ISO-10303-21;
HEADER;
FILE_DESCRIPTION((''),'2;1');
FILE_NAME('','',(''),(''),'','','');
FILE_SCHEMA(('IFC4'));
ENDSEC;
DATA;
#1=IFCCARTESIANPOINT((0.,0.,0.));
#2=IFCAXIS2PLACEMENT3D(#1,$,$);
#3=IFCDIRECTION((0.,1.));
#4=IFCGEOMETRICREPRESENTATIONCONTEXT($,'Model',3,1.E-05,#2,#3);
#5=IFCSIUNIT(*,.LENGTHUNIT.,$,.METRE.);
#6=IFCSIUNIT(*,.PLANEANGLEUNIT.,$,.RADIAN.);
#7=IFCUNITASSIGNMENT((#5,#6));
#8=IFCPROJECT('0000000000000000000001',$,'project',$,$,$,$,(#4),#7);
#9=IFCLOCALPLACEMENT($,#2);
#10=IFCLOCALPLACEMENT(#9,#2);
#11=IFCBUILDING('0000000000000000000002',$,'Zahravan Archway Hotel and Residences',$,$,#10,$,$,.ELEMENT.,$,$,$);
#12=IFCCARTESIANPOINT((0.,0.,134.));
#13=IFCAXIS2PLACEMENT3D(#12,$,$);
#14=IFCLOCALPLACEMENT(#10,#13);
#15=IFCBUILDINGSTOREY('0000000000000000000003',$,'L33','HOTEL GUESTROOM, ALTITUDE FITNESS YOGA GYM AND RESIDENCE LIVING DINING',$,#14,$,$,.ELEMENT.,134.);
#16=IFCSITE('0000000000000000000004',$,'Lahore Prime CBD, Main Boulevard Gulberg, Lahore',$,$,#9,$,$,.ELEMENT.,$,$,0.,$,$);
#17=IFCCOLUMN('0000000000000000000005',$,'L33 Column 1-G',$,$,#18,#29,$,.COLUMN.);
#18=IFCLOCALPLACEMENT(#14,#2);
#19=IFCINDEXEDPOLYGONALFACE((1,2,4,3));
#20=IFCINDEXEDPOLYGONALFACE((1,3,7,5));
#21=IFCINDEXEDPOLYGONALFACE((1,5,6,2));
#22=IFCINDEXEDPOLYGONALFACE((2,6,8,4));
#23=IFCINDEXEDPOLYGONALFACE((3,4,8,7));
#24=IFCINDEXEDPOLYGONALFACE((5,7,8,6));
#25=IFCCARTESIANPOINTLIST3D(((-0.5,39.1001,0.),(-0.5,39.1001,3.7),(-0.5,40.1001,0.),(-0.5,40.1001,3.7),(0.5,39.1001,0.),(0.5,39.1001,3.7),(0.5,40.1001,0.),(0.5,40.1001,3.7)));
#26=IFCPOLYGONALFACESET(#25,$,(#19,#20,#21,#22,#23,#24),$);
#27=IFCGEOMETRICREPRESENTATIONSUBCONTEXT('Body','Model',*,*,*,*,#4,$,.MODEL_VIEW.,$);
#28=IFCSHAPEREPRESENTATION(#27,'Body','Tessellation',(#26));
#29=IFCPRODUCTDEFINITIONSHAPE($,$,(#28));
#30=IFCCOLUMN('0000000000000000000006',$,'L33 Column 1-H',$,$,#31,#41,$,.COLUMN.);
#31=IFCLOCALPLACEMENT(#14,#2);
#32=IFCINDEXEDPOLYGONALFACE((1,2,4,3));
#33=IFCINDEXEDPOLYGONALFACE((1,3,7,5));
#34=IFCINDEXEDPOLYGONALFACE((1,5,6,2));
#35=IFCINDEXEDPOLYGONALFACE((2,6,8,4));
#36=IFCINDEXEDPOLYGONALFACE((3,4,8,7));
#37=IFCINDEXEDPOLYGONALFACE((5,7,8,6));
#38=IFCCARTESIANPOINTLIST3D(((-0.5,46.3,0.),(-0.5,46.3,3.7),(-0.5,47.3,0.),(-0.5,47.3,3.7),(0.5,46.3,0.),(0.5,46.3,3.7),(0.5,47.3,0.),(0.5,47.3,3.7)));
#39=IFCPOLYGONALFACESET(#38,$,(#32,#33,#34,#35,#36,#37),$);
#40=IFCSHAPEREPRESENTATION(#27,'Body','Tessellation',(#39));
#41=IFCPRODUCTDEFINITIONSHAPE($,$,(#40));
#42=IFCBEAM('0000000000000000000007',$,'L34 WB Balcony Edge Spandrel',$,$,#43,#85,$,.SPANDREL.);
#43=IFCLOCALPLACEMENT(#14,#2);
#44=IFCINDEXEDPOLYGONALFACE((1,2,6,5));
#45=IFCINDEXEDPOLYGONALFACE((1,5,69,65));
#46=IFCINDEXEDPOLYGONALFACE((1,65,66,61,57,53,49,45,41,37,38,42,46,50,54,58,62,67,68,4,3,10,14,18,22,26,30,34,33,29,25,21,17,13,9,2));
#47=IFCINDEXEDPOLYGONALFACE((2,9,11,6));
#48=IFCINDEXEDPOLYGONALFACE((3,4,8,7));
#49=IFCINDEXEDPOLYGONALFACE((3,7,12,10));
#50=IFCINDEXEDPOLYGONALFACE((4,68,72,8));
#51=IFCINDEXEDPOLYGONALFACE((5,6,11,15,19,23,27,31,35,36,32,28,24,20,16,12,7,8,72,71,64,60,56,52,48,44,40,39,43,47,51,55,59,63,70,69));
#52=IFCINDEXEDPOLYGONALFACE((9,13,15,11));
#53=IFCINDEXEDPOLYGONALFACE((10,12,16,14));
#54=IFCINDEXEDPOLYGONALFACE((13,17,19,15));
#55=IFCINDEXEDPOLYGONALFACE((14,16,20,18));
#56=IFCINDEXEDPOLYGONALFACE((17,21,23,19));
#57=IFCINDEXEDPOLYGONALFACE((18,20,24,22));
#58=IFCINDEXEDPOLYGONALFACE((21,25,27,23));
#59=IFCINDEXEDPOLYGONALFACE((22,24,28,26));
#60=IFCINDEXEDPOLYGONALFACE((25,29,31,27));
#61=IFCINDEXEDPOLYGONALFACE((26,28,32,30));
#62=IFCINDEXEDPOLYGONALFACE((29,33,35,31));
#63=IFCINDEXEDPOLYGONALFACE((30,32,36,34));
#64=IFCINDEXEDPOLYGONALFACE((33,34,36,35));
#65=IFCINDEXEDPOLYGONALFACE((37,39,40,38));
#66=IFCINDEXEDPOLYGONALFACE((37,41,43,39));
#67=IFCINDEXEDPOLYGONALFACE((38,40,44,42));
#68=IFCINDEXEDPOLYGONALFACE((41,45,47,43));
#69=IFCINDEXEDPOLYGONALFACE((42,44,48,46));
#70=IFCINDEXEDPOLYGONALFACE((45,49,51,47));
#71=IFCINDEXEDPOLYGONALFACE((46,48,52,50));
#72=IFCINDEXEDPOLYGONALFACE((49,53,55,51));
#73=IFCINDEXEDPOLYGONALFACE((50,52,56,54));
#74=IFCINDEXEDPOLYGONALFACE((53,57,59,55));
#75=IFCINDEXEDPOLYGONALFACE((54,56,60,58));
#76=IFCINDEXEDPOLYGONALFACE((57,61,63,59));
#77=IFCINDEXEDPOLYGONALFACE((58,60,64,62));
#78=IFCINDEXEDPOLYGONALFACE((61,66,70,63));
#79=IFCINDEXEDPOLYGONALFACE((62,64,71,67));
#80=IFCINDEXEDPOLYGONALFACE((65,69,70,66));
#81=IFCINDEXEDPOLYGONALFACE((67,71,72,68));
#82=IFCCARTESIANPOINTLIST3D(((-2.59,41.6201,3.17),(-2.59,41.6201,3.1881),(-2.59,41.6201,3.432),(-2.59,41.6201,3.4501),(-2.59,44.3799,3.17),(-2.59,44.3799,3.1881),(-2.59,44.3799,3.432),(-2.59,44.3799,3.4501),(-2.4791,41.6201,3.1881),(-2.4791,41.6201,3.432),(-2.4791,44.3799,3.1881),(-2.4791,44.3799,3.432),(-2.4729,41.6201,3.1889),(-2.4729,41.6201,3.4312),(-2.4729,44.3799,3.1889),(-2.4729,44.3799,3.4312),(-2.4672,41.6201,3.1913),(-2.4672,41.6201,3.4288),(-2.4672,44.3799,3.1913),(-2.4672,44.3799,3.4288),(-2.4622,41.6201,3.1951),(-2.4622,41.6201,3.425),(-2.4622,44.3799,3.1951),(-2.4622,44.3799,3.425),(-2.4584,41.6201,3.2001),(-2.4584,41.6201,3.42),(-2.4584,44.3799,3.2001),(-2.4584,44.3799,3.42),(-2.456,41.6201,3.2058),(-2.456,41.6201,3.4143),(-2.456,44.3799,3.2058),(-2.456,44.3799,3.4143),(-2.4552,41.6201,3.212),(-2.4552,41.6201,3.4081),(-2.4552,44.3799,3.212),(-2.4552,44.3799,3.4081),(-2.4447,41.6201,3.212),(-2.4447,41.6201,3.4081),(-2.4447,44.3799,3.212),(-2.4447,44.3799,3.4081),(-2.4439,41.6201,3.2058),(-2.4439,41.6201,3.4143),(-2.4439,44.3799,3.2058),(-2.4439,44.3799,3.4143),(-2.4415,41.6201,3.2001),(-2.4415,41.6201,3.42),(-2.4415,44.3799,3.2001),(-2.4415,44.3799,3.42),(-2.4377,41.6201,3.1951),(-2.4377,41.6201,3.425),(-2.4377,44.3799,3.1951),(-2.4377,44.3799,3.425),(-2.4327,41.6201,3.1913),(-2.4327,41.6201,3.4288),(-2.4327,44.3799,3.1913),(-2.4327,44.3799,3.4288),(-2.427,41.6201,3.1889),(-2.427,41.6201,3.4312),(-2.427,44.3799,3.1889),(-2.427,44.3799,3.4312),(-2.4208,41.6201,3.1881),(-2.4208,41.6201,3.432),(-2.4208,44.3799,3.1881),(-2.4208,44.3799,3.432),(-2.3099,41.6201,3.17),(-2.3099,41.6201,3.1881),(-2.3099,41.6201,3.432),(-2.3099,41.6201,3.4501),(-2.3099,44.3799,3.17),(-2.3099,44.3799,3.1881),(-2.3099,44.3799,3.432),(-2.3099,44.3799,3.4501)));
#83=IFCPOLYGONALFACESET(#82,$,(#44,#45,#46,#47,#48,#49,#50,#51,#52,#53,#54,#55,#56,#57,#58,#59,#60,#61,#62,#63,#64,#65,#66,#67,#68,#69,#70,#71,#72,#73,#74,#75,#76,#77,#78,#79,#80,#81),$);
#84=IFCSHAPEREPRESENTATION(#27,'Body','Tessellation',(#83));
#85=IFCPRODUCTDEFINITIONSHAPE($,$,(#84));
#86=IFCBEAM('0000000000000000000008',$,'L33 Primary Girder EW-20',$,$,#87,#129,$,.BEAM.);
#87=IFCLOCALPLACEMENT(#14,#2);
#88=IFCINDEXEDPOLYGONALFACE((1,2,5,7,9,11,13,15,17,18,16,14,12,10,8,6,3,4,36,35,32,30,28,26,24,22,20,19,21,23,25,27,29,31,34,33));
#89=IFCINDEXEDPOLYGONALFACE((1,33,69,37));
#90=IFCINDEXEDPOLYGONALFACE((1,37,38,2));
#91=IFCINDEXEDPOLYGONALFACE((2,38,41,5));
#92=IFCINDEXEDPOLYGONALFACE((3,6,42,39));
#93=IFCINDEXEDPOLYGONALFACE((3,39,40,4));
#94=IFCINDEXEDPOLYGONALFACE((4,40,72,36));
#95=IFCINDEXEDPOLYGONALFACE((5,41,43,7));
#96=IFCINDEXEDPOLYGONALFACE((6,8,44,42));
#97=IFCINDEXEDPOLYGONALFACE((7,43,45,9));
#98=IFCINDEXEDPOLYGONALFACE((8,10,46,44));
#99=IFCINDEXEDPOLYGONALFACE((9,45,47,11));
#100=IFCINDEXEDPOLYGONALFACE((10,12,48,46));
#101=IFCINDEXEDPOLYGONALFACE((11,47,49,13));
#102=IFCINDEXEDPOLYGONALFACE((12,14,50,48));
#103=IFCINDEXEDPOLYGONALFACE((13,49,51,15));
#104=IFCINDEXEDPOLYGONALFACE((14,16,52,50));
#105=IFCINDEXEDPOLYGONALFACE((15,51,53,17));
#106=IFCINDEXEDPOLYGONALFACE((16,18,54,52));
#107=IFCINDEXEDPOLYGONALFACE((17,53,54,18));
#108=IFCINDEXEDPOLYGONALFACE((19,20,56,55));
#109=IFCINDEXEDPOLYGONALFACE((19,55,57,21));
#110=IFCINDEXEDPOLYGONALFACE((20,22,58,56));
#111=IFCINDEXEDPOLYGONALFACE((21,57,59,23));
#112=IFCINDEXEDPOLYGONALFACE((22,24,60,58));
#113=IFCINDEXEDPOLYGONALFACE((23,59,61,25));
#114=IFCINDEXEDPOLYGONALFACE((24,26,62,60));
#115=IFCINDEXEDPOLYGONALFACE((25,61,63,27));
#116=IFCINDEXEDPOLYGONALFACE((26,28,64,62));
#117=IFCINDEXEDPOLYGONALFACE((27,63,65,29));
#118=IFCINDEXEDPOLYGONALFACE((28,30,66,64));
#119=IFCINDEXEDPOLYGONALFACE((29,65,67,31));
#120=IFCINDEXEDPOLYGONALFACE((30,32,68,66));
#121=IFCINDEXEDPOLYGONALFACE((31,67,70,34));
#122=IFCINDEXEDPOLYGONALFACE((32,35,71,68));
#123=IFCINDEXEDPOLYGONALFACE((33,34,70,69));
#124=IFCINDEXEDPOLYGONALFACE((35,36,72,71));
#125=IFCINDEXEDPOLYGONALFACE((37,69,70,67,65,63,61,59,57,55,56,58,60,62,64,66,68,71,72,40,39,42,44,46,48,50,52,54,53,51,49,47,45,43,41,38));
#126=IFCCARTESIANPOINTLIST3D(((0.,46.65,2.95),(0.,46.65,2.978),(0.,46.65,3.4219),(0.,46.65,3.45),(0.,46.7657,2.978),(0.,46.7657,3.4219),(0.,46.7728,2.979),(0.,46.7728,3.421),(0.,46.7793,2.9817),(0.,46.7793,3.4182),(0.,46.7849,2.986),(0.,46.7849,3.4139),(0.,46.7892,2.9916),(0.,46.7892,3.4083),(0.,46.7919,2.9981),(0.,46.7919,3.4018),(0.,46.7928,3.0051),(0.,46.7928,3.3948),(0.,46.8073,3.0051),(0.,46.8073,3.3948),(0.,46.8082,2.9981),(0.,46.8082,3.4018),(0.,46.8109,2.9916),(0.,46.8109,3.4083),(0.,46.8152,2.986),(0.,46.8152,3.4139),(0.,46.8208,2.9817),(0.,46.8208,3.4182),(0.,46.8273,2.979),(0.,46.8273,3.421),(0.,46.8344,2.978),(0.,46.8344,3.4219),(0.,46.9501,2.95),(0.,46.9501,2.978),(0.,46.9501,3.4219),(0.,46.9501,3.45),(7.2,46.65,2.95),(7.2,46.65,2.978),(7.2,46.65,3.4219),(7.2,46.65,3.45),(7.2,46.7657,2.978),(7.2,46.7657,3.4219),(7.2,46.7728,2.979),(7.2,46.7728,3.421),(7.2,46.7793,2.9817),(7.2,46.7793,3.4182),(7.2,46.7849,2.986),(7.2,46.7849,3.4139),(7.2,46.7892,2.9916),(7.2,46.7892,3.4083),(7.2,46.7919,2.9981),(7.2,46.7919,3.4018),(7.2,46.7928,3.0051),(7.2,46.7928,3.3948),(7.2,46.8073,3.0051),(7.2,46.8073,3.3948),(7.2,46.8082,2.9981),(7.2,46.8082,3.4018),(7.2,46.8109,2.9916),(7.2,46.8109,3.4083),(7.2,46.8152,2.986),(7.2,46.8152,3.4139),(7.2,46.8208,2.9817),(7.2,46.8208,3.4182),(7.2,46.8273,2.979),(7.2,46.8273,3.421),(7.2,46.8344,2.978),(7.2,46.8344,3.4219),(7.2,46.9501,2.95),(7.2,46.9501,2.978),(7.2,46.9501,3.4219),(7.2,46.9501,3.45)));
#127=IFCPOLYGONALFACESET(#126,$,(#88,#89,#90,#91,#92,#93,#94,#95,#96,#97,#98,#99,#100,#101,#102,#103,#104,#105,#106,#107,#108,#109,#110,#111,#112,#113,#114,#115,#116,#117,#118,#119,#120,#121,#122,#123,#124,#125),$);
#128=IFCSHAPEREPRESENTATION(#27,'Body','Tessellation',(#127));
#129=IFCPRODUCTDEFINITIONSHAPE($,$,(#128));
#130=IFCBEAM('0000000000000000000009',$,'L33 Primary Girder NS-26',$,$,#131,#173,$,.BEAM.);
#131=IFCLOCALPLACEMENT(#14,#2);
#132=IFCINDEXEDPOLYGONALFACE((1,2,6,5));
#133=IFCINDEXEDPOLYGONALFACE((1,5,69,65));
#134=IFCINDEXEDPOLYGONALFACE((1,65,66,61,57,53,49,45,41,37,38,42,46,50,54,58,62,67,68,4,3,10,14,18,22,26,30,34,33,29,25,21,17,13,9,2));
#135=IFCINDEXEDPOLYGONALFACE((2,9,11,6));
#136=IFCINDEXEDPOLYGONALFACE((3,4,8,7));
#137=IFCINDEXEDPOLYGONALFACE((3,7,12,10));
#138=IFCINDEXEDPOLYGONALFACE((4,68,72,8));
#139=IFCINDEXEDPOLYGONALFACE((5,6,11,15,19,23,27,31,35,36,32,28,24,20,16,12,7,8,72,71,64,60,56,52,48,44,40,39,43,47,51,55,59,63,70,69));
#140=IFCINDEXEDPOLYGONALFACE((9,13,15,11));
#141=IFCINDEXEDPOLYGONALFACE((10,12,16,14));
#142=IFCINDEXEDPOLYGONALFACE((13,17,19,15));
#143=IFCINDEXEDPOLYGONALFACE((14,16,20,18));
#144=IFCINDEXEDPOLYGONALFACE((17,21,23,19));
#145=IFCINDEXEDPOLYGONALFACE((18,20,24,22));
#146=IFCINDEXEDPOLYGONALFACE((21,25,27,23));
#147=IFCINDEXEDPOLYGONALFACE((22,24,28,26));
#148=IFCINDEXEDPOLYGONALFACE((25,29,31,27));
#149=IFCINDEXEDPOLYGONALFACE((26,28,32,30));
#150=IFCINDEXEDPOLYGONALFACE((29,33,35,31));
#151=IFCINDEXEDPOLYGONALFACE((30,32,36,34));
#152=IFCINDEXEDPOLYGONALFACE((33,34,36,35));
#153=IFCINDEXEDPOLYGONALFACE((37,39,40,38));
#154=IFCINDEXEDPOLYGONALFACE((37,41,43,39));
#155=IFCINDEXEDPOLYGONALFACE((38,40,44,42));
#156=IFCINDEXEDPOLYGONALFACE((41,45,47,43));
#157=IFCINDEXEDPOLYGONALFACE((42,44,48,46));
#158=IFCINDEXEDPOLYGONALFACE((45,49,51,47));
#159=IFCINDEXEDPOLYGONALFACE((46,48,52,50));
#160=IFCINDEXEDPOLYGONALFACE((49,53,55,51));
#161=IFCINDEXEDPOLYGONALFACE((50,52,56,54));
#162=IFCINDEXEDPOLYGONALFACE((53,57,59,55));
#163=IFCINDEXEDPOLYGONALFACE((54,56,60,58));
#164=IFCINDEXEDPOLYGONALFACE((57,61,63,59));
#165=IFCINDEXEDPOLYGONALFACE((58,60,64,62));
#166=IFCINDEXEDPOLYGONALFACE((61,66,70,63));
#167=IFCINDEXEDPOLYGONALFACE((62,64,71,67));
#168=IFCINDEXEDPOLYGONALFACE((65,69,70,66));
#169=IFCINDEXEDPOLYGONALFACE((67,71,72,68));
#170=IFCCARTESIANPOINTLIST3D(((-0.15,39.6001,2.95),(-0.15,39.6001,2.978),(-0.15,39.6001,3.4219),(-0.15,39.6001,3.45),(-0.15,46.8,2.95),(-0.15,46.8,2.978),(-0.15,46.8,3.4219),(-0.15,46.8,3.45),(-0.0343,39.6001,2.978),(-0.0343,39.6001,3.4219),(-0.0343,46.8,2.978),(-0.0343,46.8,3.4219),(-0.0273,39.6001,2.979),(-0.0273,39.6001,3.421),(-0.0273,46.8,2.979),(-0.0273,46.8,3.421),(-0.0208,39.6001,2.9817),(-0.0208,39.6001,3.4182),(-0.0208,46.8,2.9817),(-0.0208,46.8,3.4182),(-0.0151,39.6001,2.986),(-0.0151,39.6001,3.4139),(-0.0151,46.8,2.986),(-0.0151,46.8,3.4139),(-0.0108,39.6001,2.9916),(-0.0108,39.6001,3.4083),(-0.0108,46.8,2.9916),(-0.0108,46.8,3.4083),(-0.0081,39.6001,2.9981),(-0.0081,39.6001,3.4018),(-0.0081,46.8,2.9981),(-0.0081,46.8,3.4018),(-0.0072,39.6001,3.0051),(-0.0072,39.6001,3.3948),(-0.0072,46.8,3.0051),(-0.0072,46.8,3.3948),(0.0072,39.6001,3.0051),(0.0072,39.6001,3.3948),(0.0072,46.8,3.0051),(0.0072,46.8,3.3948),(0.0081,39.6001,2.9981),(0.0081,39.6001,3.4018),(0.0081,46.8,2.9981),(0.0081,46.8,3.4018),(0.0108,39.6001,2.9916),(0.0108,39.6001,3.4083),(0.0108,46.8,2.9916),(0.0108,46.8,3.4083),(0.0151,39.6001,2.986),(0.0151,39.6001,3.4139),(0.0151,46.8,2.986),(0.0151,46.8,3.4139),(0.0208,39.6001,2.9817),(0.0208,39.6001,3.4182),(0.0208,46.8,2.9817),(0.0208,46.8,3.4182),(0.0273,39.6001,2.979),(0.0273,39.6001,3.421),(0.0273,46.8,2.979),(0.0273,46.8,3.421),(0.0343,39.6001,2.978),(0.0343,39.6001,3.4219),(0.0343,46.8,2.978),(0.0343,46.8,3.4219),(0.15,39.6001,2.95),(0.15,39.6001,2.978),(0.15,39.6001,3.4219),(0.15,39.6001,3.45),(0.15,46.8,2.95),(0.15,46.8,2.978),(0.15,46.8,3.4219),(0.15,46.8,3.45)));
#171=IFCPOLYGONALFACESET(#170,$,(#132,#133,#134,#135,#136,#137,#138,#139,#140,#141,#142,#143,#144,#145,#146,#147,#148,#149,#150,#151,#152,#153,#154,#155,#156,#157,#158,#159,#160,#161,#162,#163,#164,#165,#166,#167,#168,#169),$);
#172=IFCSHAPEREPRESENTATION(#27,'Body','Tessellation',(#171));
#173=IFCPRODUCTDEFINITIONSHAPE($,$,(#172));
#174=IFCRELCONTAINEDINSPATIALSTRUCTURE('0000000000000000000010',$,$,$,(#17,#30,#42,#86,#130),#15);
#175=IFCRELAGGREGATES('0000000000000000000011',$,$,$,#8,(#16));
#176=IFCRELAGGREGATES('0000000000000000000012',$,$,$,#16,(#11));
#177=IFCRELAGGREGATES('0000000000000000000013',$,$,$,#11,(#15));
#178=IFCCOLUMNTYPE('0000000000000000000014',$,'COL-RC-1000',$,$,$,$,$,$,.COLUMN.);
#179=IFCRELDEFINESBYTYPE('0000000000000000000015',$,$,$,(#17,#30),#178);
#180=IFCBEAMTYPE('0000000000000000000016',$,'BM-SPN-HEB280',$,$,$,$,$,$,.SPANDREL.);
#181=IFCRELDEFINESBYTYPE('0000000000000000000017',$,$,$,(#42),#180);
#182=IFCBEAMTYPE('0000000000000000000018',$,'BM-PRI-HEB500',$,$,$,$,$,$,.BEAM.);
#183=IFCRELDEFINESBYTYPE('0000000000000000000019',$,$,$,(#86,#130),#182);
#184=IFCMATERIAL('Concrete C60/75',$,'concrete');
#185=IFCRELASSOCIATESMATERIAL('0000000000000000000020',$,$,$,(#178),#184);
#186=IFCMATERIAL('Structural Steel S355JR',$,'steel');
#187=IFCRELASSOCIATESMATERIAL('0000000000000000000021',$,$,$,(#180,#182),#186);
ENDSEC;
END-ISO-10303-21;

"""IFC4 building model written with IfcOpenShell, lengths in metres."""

from ifc_helpers import new_model, si_unit, direction, frame, origin, origin_2d, place, context, subcontext, project, spatial, rectangle, i_section, extrude, source, transform, mapped, material, material_profile, profile_set, type_object, type_shapes, element, save


model = new_model("IFC4")

# Units and contexts
model_context = context("Model", 3, precision=1e-05, world=origin(), true_north=direction((0.0, 1.0)))
body_context = subcontext(model_context, "Body", "Model", "MODEL_VIEW")
ifc_project = project(units=[si_unit("LENGTHUNIT", "METRE"), si_unit("PLANEANGLEUNIT", "RADIAN")], contexts=[model_context])

# Site, building, storey
site_placement = place(None, origin())
site = spatial("IfcSite", under=ifc_project, at=site_placement, Name="Lahore Prime CBD, Main Boulevard Gulberg, Lahore", CompositionType="ELEMENT", RefElevation=0.0)
building_placement = place(site_placement, origin())
building = spatial("IfcBuilding", under=site, at=building_placement, Name="Zahravan Archway Hotel and Residences", CompositionType="ELEMENT")
storey_placement = place(building_placement, frame((0.0, 0.0, 134.0)))
storey = spatial("IfcBuildingStorey", under=building, at=storey_placement, Name="L33", Description="HOTEL GUESTROOM, ALTITUDE FITNESS YOGA GYM AND RESIDENCE LIVING DINING", CompositionType="ELEMENT", Elevation=134.0)

# Columns
ifc_material_1 = material(Name="Concrete C60/75", Category="concrete")
ifc_material_profile_1 = material_profile(ifc_material_1, rectangle(XDim=1.0, YDim=1.0, at=origin_2d()), Name="RC-COL-1000x1000", Category="concrete")
ifc_profile_set_1 = profile_set([ifc_material_profile_1], Name="Concrete C60/75")
column_type = type_object("IfcColumnType", Name="COL-RC-1000", PredefinedType="COLUMN", material=ifc_profile_set_1)
shared_shape_1 = source(origin(), body_context, "Body", "SweptSolid", [
    extrude(rectangle(XDim=1.0, YDim=1.0, at=origin_2d()), origin(), (0.0, 0.0, 1.0), 3.7),
])
type_shapes(column_type, [shared_shape_1])
for number, where, z_axis, x_axis, name in (
    (1, (0.0, 39.6001, 0.0), (0.0, 0.0, 1.0), (1.0, 0.0, 0.0), "L33 Column 1-G"),
    (2, (0.0, 46.8, 0.0), (0.0, 0.0, 1.0), (1.0, 0.0, 0.0), "L33 Column 1-H"),
):
    element("IfcColumn", number, at=place(storey_placement, frame(where, z_axis=z_axis, x_axis=x_axis)), inside=storey, type_object=column_type, Name=name, PredefinedType="COLUMN", context=body_context, shape_type="MappedRepresentation", body=[
        mapped(shared_shape_1, transform((0.0, 0.0, 0.0), scale=1.0)),
    ])

# Beams
ifc_material_2 = material(Name="Structural Steel S355JR", Category="steel")
ifc_material_profile_2 = material_profile(ifc_material_2, i_section(OverallWidth=0.28, OverallDepth=0.28, WebThickness=0.0105, FlangeThickness=0.0181, FilletRadius=0.0239, at=origin_2d()), Name="HEB 280", Category="steel")
ifc_profile_set_2 = profile_set([ifc_material_profile_2], Name="Structural Steel S355JR")
beam_type_1 = type_object("IfcBeamType", Name="BM-SPN-HEB280", PredefinedType="SPANDREL", material=ifc_profile_set_2)
shared_shape_2 = source(origin(), body_context, "Body", "SweptSolid", [
    extrude(i_section(OverallWidth=0.28, OverallDepth=0.28, WebThickness=0.0105, FlangeThickness=0.0181, FilletRadius=0.0239, at=origin_2d()), origin(), (0.0, 0.0, 1.0), 2.7598),
])
beam_placement = place(storey_placement, frame((-2.45, 41.6201, 3.3101), z_axis=(0.0, 1.0, 0.0), x_axis=(-1.0, 0.0, 0.0)))
element("IfcBeam", 3, at=beam_placement, inside=storey, type_object=beam_type_1, Name="L34 WB Balcony Edge Spandrel", PredefinedType="SPANDREL", context=body_context, shape_type="MappedRepresentation", body=[
    mapped(shared_shape_2, transform((0.0, 0.0, 0.0), scale=1.0)),
])
ifc_material_profile_3 = material_profile(ifc_material_2, i_section(OverallWidth=0.3, OverallDepth=0.5, WebThickness=0.0144, FlangeThickness=0.0281, FilletRadius=0.0271, at=origin_2d()), Name="HEB 500", Category="steel")
ifc_profile_set_3 = profile_set([ifc_material_profile_3], Name="Structural Steel S355JR")
beam_type_2 = type_object("IfcBeamType", Name="BM-PRI-HEB500", PredefinedType="BEAM", material=ifc_profile_set_3)
shared_shape_3 = source(origin(), body_context, "Body", "SweptSolid", [
    extrude(i_section(OverallWidth=0.3, OverallDepth=0.5, WebThickness=0.0144, FlangeThickness=0.0281, FilletRadius=0.0271, at=origin_2d()), origin(), (0.0, 0.0, 1.0), 7.2),
])
for number, where, z_axis, x_axis, name in (
    (4, (0.0, 46.8, 3.2), (1.0, 0.0, 0.0), (0.0, 1.0, 0.0), "L33 Primary Girder EW-20"),
    (5, (0.0, 39.6001, 3.2), (0.0, 1.0, 0.0), (-1.0, 0.0, 0.0), "L33 Primary Girder NS-26"),
):
    element("IfcBeam", number, at=place(storey_placement, frame(where, z_axis=z_axis, x_axis=x_axis)), inside=storey, type_object=beam_type_2, Name=name, PredefinedType="BEAM", context=body_context, shape_type="MappedRepresentation", body=[
        mapped(shared_shape_3, transform((0.0, 0.0, 0.0), scale=1.0)),
    ])

save(model, "model.ifc")
